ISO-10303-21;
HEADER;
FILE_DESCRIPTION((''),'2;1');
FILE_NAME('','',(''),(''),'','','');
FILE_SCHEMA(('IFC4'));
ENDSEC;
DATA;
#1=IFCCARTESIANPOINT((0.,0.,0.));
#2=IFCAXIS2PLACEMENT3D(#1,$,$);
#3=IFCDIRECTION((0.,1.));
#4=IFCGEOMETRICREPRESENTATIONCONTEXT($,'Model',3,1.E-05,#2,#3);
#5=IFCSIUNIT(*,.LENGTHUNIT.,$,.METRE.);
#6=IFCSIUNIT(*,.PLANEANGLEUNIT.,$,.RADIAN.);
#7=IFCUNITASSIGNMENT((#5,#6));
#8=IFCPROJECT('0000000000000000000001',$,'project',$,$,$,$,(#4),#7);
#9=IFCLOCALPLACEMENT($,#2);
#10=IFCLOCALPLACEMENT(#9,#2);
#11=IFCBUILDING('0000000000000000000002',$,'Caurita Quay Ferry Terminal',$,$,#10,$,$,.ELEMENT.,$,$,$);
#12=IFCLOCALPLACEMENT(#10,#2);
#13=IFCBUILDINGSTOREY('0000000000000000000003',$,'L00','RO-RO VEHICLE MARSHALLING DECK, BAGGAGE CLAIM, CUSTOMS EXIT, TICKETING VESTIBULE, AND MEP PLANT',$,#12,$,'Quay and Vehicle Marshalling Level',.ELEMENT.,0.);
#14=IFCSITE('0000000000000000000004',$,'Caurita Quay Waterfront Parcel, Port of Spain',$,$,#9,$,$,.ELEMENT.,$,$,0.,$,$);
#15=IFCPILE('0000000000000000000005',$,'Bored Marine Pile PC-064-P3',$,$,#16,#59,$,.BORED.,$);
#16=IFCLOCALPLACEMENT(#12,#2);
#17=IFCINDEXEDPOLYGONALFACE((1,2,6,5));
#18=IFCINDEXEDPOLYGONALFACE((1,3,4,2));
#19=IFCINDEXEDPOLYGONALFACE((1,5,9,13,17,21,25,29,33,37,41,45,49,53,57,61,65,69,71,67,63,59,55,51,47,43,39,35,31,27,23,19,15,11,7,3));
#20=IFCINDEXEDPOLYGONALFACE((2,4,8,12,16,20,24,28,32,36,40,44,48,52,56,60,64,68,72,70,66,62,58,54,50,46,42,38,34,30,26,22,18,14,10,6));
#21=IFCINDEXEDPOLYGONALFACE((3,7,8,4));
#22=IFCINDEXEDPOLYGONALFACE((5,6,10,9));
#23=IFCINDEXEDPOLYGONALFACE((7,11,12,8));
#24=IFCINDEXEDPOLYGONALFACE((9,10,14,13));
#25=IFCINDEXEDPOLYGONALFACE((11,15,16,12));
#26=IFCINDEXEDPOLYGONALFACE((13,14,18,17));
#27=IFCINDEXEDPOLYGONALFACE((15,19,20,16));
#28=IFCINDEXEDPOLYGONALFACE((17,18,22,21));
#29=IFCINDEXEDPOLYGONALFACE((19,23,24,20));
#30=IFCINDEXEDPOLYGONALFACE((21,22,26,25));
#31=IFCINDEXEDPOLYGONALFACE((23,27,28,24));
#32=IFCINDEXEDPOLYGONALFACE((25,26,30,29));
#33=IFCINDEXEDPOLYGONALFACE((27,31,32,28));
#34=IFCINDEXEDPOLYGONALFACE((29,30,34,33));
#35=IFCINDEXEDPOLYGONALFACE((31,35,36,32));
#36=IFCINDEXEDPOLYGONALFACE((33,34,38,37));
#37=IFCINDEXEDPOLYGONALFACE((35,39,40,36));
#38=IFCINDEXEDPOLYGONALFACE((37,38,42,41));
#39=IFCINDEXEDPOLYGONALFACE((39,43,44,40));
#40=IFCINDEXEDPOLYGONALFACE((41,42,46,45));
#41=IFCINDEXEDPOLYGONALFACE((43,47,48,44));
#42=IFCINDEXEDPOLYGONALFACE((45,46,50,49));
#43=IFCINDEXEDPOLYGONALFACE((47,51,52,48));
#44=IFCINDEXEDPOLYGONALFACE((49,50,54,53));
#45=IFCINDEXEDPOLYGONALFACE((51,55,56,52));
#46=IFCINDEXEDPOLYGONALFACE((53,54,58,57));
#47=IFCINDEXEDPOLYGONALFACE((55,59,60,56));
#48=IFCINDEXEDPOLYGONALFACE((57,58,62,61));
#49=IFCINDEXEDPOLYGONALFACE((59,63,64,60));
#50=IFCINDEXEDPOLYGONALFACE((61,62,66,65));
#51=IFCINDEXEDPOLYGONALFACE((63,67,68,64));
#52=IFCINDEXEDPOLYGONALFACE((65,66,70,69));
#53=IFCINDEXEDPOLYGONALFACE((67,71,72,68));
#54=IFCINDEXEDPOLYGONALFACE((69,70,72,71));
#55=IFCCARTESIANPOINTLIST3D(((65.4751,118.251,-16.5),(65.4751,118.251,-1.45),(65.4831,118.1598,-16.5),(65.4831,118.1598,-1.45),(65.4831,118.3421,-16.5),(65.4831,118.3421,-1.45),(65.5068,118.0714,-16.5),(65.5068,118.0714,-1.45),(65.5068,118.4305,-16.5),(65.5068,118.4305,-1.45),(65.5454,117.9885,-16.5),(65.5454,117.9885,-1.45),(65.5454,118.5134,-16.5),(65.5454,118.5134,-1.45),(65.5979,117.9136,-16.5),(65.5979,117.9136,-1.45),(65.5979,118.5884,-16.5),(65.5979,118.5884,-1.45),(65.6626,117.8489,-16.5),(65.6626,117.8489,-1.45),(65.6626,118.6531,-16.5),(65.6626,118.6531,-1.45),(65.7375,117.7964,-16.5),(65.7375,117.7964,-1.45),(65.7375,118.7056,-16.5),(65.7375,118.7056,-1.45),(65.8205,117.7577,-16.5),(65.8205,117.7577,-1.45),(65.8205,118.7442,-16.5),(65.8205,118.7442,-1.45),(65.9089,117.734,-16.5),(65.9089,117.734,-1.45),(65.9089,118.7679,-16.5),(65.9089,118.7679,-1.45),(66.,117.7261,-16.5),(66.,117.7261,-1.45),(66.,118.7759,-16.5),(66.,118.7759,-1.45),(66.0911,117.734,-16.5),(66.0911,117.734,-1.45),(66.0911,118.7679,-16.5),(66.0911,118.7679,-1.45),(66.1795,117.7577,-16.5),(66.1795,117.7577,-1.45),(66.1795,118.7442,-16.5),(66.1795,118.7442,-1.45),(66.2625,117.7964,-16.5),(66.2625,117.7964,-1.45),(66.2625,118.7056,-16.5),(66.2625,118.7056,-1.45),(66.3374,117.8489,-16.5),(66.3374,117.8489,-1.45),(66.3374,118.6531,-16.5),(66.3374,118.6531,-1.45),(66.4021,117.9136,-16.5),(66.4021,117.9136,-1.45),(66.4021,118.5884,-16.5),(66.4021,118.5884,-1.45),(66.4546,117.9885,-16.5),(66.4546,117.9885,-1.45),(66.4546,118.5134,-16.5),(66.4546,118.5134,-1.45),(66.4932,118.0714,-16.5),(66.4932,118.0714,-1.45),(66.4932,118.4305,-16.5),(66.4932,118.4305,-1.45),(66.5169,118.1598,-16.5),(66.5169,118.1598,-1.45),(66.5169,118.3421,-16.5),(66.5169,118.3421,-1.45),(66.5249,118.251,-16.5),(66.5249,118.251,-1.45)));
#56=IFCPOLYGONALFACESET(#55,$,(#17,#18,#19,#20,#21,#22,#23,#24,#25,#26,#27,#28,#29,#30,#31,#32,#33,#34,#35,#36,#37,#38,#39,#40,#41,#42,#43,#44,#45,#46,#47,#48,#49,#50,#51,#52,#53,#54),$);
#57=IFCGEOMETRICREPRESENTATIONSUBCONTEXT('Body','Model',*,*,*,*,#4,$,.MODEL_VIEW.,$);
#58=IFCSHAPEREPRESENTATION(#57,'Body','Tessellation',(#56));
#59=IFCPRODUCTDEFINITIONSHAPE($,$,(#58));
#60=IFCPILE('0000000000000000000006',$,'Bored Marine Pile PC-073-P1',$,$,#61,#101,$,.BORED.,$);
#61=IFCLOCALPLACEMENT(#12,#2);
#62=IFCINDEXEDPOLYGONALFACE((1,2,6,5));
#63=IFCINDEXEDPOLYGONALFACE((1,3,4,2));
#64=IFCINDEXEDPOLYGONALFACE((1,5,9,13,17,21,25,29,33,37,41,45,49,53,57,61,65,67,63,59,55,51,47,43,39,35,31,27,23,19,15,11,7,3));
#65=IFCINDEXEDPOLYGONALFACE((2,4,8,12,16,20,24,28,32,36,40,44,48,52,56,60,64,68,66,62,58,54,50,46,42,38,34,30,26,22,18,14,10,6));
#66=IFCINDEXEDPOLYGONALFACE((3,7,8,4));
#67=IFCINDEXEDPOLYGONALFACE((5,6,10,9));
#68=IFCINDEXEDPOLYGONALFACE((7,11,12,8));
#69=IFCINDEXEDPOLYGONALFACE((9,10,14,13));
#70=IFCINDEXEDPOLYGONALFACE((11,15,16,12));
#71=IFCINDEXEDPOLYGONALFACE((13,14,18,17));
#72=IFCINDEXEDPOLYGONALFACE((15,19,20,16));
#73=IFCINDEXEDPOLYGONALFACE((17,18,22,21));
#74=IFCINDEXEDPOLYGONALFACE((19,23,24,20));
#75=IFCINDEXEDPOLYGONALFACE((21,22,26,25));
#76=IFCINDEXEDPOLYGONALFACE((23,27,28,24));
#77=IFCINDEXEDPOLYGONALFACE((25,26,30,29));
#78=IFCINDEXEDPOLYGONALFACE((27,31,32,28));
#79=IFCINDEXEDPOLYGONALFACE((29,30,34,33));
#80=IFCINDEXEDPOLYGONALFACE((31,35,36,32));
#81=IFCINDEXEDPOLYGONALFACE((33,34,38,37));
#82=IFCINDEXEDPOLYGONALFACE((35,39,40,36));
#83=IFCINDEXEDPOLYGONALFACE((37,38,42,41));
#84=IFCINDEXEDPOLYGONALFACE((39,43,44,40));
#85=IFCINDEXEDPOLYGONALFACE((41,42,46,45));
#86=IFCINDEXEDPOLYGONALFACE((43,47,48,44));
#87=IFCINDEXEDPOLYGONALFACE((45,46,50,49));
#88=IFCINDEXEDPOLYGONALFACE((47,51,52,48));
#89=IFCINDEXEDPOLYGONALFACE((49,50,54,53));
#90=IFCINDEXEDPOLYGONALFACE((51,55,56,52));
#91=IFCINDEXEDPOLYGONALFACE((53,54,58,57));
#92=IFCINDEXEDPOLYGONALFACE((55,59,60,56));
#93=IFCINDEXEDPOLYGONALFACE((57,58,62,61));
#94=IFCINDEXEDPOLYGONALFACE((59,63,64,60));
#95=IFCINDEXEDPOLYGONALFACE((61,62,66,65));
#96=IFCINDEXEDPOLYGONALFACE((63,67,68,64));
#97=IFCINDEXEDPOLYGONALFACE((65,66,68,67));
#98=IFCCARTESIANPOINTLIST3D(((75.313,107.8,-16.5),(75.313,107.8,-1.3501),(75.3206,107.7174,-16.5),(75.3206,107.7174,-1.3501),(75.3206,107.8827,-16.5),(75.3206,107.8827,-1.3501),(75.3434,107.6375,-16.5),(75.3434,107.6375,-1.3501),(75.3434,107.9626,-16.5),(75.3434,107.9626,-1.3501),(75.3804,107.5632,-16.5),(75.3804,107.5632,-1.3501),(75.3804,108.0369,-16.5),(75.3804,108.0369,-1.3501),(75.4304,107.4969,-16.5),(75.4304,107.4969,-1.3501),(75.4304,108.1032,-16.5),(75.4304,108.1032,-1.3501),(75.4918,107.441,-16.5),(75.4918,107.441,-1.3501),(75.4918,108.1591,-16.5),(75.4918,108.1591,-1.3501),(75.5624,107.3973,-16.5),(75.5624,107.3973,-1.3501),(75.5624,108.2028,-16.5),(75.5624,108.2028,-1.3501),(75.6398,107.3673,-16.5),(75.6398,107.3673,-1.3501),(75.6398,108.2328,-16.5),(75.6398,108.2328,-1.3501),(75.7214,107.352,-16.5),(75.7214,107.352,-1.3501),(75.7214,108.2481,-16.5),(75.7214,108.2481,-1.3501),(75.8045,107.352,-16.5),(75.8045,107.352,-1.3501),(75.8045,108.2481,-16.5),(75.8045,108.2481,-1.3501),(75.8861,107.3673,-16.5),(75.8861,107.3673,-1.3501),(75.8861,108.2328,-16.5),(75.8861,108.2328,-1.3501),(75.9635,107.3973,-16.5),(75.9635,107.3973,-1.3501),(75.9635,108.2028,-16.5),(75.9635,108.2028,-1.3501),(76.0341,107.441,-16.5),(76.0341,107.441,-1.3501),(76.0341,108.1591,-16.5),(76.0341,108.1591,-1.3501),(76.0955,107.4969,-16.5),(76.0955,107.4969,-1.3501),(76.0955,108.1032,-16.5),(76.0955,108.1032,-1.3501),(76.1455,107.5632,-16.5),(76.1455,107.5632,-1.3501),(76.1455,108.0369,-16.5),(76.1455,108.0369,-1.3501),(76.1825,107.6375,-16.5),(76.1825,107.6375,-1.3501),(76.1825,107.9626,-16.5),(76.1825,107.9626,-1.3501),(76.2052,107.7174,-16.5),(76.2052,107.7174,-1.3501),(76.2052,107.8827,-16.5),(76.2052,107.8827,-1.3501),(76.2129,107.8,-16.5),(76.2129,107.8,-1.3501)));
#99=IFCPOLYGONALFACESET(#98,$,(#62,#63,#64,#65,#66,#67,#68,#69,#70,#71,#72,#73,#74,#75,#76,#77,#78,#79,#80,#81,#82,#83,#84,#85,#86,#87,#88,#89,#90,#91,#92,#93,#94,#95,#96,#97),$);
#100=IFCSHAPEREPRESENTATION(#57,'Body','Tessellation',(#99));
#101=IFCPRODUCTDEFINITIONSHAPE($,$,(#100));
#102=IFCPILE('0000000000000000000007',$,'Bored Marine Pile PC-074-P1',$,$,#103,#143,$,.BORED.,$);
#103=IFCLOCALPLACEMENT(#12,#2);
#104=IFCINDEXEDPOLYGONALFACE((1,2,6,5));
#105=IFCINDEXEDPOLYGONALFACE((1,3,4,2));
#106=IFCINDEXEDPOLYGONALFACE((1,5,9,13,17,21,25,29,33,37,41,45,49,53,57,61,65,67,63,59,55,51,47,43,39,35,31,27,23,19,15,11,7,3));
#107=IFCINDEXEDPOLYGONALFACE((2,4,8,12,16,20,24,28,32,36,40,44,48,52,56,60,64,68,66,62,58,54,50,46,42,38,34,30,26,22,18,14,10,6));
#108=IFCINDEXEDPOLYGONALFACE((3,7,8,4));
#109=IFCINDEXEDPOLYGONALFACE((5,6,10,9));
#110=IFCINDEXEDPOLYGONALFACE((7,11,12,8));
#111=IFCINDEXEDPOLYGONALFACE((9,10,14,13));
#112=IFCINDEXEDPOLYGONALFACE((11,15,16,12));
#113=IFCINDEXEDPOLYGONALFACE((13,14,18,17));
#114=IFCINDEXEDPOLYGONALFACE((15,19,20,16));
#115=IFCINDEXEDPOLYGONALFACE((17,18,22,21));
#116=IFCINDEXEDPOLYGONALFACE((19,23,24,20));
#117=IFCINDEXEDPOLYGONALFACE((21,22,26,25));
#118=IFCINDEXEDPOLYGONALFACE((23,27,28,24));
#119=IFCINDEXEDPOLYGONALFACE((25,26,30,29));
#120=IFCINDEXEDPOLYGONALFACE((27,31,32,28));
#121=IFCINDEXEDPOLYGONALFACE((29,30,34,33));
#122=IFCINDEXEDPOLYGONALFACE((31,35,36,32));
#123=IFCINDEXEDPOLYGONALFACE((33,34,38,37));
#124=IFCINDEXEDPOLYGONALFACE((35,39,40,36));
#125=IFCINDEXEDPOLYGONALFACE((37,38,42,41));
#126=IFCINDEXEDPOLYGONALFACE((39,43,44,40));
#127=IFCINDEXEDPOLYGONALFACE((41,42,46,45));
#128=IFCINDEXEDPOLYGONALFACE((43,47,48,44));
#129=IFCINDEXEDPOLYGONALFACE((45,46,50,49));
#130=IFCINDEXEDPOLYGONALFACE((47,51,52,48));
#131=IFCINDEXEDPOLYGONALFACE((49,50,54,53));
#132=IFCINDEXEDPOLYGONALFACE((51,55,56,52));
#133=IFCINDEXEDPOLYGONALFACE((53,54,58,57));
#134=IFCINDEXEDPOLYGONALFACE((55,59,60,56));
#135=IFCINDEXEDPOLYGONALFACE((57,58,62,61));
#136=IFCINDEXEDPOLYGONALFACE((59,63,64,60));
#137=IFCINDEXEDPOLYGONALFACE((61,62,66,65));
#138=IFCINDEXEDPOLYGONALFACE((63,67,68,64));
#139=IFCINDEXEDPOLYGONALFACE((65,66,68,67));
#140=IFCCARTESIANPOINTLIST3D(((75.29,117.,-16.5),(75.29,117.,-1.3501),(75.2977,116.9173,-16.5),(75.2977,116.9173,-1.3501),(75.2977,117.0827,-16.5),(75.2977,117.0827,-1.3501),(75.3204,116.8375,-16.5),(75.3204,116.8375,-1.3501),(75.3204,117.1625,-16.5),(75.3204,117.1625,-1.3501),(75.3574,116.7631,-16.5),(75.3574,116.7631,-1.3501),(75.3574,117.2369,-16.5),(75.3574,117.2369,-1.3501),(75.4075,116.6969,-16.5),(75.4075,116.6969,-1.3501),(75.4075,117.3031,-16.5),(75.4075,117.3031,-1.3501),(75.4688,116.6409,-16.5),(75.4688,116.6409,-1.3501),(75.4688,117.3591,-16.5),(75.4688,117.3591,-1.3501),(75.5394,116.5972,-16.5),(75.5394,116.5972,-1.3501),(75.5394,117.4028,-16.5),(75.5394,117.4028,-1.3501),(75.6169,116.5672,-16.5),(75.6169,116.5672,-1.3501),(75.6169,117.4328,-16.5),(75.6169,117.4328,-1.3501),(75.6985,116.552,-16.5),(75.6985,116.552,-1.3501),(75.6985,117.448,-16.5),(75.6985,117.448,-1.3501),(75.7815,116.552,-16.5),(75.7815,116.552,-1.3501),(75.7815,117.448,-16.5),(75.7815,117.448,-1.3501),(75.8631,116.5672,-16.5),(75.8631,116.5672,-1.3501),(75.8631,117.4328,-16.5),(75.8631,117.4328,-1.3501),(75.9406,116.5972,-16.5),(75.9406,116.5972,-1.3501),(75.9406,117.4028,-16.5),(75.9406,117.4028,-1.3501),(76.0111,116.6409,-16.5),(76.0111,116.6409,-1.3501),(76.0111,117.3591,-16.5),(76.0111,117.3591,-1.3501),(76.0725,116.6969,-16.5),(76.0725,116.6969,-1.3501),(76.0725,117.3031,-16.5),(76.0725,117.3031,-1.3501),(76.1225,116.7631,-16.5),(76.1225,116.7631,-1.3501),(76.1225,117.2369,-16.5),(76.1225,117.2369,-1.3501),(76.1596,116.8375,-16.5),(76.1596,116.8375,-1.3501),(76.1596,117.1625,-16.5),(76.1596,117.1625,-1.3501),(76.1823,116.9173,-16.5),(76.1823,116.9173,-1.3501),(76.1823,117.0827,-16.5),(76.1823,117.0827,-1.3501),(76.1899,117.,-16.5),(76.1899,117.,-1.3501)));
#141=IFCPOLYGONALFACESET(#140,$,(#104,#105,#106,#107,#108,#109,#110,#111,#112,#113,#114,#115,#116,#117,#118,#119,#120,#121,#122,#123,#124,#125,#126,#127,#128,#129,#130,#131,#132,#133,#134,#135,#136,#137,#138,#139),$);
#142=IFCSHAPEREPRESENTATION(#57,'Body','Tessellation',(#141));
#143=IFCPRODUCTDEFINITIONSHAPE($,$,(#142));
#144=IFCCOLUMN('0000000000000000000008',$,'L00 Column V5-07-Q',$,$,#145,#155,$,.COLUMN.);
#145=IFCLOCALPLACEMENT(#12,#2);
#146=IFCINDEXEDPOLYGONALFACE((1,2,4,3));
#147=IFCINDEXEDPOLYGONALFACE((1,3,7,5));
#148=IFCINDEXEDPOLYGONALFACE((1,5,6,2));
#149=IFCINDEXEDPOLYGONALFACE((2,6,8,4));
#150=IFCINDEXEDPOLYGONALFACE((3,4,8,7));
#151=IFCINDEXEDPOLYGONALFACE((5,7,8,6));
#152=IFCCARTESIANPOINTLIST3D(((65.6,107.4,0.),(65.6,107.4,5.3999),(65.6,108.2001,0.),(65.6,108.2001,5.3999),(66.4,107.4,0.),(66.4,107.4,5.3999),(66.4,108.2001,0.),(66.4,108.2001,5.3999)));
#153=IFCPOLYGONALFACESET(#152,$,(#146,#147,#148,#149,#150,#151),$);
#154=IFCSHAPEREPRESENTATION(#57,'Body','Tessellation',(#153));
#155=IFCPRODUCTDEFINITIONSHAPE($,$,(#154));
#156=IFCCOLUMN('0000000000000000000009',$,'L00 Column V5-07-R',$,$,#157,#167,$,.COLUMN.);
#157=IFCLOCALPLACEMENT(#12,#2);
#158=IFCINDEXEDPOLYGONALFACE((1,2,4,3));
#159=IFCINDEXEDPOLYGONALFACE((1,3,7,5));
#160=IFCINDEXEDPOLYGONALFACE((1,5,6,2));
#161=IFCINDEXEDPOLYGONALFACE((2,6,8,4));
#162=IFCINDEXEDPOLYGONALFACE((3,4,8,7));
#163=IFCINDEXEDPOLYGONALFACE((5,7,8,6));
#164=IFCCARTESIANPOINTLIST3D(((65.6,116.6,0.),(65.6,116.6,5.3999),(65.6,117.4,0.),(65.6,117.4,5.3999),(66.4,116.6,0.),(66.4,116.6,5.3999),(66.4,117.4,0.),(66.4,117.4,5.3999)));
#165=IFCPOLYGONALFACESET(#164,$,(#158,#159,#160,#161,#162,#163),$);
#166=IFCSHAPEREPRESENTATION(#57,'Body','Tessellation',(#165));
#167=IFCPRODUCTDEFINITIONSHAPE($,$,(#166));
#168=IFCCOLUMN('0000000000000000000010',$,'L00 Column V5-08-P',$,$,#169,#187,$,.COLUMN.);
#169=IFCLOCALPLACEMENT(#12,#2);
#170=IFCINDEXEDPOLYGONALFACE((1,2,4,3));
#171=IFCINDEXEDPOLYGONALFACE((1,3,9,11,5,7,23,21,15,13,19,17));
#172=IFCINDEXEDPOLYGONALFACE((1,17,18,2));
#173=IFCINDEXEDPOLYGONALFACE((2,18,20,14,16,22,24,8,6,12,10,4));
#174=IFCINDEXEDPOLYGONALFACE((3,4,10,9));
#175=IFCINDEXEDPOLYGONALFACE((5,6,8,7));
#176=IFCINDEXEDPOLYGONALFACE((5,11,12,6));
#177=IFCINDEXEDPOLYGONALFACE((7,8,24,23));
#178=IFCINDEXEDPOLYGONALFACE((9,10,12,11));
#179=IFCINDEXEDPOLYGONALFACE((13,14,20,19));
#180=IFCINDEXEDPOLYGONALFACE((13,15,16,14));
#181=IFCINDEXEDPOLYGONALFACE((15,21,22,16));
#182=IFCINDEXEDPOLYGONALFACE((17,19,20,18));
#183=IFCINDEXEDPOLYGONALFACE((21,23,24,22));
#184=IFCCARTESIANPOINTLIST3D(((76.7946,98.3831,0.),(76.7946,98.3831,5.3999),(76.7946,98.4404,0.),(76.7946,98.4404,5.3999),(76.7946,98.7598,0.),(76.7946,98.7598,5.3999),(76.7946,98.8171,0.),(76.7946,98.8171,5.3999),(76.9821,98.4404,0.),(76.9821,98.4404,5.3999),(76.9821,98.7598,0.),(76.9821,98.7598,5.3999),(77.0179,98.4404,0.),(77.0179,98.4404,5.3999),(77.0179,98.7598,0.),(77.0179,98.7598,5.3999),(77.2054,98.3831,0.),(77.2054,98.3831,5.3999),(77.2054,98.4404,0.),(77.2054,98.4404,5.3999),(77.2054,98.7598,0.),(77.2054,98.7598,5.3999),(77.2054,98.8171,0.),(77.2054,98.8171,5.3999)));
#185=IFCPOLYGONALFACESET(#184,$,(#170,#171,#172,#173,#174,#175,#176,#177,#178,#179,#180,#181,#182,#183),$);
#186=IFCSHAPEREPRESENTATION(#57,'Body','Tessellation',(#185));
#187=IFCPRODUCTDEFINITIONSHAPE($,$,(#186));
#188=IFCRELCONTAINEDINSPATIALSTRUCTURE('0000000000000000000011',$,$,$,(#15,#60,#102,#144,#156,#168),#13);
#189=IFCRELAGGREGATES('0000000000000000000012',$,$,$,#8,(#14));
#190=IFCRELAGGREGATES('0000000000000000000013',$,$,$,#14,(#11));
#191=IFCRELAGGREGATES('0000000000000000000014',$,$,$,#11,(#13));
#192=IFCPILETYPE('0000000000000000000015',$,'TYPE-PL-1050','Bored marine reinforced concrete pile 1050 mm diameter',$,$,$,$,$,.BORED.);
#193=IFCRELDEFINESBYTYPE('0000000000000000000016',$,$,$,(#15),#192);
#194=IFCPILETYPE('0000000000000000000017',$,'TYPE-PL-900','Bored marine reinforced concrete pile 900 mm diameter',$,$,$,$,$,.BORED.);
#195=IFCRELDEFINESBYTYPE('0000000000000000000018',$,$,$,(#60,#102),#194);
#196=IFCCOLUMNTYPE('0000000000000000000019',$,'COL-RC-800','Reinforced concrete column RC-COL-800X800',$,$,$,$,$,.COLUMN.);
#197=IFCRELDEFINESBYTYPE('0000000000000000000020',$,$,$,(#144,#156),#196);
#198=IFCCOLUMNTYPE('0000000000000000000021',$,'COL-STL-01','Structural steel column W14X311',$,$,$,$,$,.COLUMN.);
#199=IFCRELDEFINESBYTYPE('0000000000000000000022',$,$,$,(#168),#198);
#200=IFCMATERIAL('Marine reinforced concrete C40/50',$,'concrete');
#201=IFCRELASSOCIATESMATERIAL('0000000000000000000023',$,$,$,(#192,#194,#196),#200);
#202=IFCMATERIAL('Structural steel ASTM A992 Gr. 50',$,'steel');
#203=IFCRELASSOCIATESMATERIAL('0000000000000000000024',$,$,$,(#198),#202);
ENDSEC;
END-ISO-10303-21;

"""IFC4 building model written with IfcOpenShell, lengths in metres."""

from ifc_helpers import new_model, si_unit, direction, frame, origin, origin_2d, place, context, subcontext, project, spatial, rectangle, circle, i_section, extrude, material, material_profile, profile_set, type_object, element, save


model = new_model("IFC4")

# Units and contexts
model_context = context("Model", 3, precision=1e-05, world=origin(), true_north=direction((0.0, 1.0)))
body_context = subcontext(model_context, "Body", "Model", "MODEL_VIEW")
ifc_project = project(units=[si_unit("LENGTHUNIT", "METRE"), si_unit("PLANEANGLEUNIT", "RADIAN")], contexts=[model_context])

# Site, building, storey
site_placement = place(None, origin())
site = spatial("IfcSite", under=ifc_project, at=site_placement, Name="Caurita Quay Waterfront Parcel, Port of Spain", CompositionType="ELEMENT", RefElevation=0.0)
building_placement = place(site_placement, origin())
building = spatial("IfcBuilding", under=site, at=building_placement, Name="Caurita Quay Ferry Terminal", CompositionType="ELEMENT")
storey_placement = place(building_placement, origin())
storey = spatial("IfcBuildingStorey", under=building, at=storey_placement, Name="L00", Description="RO-RO VEHICLE MARSHALLING DECK, BAGGAGE CLAIM, CUSTOMS EXIT, TICKETING VESTIBULE, AND MEP PLANT", LongName="Quay and Vehicle Marshalling Level", CompositionType="ELEMENT", Elevation=0.0)

# Piles
ifc_material_1 = material(Name="Marine reinforced concrete C40/50", Category="concrete")
ifc_material_profile_1 = material_profile(ifc_material_1, circle(Radius=0.5249, at=origin_2d()), Name="PILE-D1050")
ifc_profile_set_1 = profile_set([ifc_material_profile_1], Name="Marine reinforced concrete C40/50")
pile_type_1 = type_object("IfcPileType", Name="TYPE-PL-1050", Description="Bored marine reinforced concrete pile 1050 mm diameter", PredefinedType="BORED", material=ifc_profile_set_1)
for number, where, z_axis, x_axis, name in (
    (1, (66.0, 118.251, -1.45), (0.0, 0.0, -1.0), (1.0, 0.0, 0.0), "Bored Marine Pile PC-064-P3"),
):
    element("IfcPile", number, at=place(storey_placement, frame(where, z_axis=z_axis, x_axis=x_axis)), inside=storey, type_object=pile_type_1, Name=name, PredefinedType="BORED", context=body_context, shape_type="SweptSolid", body=[
        extrude(circle(Radius=0.5249, at=origin_2d()), origin(), (0.0, 0.0, 1.0), 15.05),
    ])
ifc_material_profile_2 = material_profile(ifc_material_1, circle(Radius=0.45, at=origin_2d()), Name="PILE-D900")
ifc_profile_set_2 = profile_set([ifc_material_profile_2], Name="Marine reinforced concrete C40/50")
pile_type_2 = type_object("IfcPileType", Name="TYPE-PL-900", Description="Bored marine reinforced concrete pile 900 mm diameter", PredefinedType="BORED", material=ifc_profile_set_2)
for number, where, z_axis, x_axis, name in (
    (2, (75.7629, 107.8, -1.3501), (0.0, 0.0, -1.0), (1.0, 0.0, 0.0), "Bored Marine Pile PC-073-P1"),
    (3, (75.74, 117.0, -1.3501), (0.0, 0.0, -1.0), (1.0, 0.0, 0.0), "Bored Marine Pile PC-074-P1"),
):
    element("IfcPile", number, at=place(storey_placement, frame(where, z_axis=z_axis, x_axis=x_axis)), inside=storey, type_object=pile_type_2, Name=name, PredefinedType="BORED", context=body_context, shape_type="SweptSolid", body=[
        extrude(circle(Radius=0.45, at=origin_2d()), origin(), (0.0, 0.0, 1.0), 15.1499),
    ])

# Columns
ifc_material_profile_3 = material_profile(ifc_material_1, rectangle(XDim=0.8, YDim=0.8, at=origin_2d()), Name="RC-COL-800X800")
ifc_profile_set_3 = profile_set([ifc_material_profile_3], Name="Marine reinforced concrete C40/50")
column_type_1 = type_object("IfcColumnType", Name="COL-RC-800", Description="Reinforced concrete column RC-COL-800X800", PredefinedType="COLUMN", material=ifc_profile_set_3)
for number, where, z_axis, x_axis, name in (
    (4, (66.0, 107.8, 0.0), (0.0, 0.0, 1.0), (1.0, 0.0, 0.0), "L00 Column V5-07-Q"),
    (5, (66.0, 117.0, 0.0), (0.0, 0.0, 1.0), (1.0, 0.0, 0.0), "L00 Column V5-07-R"),
):
    element("IfcColumn", number, at=place(storey_placement, frame(where, z_axis=z_axis, x_axis=x_axis)), inside=storey, type_object=column_type_1, Name=name, PredefinedType="COLUMN", context=body_context, shape_type="SweptSolid", body=[
        extrude(rectangle(XDim=0.8, YDim=0.8, at=origin_2d()), origin(), (0.0, 0.0, 1.0), 5.3999),
    ])
ifc_material_2 = material(Name="Structural steel ASTM A992 Gr. 50", Category="steel")
ifc_material_profile_4 = material_profile(ifc_material_2, i_section(OverallWidth=0.4109, OverallDepth=0.4341, WebThickness=0.0359, FlangeThickness=0.0574, at=origin_2d()), Name="W14X311")
ifc_profile_set_4 = profile_set([ifc_material_profile_4], Name="Structural steel ASTM A992 Gr. 50")
column_type_2 = type_object("IfcColumnType", Name="COL-STL-01", Description="Structural steel column W14X311", PredefinedType="COLUMN", material=ifc_profile_set_4)
for number, where, z_axis, x_axis, name in (
    (6, (77.0, 98.6001, 0.0), (0.0, 0.0, 1.0), (1.0, 0.0, 0.0), "L00 Column V5-08-P"),
):
    element("IfcColumn", number, at=place(storey_placement, frame(where, z_axis=z_axis, x_axis=x_axis)), inside=storey, type_object=column_type_2, Name=name, PredefinedType="COLUMN", context=body_context, shape_type="SweptSolid", body=[
        extrude(i_section(OverallWidth=0.4109, OverallDepth=0.4341, WebThickness=0.0359, FlangeThickness=0.0574, at=origin_2d()), origin(), (0.0, 0.0, 1.0), 5.3999),
    ])

save(model, "model.ifc")
